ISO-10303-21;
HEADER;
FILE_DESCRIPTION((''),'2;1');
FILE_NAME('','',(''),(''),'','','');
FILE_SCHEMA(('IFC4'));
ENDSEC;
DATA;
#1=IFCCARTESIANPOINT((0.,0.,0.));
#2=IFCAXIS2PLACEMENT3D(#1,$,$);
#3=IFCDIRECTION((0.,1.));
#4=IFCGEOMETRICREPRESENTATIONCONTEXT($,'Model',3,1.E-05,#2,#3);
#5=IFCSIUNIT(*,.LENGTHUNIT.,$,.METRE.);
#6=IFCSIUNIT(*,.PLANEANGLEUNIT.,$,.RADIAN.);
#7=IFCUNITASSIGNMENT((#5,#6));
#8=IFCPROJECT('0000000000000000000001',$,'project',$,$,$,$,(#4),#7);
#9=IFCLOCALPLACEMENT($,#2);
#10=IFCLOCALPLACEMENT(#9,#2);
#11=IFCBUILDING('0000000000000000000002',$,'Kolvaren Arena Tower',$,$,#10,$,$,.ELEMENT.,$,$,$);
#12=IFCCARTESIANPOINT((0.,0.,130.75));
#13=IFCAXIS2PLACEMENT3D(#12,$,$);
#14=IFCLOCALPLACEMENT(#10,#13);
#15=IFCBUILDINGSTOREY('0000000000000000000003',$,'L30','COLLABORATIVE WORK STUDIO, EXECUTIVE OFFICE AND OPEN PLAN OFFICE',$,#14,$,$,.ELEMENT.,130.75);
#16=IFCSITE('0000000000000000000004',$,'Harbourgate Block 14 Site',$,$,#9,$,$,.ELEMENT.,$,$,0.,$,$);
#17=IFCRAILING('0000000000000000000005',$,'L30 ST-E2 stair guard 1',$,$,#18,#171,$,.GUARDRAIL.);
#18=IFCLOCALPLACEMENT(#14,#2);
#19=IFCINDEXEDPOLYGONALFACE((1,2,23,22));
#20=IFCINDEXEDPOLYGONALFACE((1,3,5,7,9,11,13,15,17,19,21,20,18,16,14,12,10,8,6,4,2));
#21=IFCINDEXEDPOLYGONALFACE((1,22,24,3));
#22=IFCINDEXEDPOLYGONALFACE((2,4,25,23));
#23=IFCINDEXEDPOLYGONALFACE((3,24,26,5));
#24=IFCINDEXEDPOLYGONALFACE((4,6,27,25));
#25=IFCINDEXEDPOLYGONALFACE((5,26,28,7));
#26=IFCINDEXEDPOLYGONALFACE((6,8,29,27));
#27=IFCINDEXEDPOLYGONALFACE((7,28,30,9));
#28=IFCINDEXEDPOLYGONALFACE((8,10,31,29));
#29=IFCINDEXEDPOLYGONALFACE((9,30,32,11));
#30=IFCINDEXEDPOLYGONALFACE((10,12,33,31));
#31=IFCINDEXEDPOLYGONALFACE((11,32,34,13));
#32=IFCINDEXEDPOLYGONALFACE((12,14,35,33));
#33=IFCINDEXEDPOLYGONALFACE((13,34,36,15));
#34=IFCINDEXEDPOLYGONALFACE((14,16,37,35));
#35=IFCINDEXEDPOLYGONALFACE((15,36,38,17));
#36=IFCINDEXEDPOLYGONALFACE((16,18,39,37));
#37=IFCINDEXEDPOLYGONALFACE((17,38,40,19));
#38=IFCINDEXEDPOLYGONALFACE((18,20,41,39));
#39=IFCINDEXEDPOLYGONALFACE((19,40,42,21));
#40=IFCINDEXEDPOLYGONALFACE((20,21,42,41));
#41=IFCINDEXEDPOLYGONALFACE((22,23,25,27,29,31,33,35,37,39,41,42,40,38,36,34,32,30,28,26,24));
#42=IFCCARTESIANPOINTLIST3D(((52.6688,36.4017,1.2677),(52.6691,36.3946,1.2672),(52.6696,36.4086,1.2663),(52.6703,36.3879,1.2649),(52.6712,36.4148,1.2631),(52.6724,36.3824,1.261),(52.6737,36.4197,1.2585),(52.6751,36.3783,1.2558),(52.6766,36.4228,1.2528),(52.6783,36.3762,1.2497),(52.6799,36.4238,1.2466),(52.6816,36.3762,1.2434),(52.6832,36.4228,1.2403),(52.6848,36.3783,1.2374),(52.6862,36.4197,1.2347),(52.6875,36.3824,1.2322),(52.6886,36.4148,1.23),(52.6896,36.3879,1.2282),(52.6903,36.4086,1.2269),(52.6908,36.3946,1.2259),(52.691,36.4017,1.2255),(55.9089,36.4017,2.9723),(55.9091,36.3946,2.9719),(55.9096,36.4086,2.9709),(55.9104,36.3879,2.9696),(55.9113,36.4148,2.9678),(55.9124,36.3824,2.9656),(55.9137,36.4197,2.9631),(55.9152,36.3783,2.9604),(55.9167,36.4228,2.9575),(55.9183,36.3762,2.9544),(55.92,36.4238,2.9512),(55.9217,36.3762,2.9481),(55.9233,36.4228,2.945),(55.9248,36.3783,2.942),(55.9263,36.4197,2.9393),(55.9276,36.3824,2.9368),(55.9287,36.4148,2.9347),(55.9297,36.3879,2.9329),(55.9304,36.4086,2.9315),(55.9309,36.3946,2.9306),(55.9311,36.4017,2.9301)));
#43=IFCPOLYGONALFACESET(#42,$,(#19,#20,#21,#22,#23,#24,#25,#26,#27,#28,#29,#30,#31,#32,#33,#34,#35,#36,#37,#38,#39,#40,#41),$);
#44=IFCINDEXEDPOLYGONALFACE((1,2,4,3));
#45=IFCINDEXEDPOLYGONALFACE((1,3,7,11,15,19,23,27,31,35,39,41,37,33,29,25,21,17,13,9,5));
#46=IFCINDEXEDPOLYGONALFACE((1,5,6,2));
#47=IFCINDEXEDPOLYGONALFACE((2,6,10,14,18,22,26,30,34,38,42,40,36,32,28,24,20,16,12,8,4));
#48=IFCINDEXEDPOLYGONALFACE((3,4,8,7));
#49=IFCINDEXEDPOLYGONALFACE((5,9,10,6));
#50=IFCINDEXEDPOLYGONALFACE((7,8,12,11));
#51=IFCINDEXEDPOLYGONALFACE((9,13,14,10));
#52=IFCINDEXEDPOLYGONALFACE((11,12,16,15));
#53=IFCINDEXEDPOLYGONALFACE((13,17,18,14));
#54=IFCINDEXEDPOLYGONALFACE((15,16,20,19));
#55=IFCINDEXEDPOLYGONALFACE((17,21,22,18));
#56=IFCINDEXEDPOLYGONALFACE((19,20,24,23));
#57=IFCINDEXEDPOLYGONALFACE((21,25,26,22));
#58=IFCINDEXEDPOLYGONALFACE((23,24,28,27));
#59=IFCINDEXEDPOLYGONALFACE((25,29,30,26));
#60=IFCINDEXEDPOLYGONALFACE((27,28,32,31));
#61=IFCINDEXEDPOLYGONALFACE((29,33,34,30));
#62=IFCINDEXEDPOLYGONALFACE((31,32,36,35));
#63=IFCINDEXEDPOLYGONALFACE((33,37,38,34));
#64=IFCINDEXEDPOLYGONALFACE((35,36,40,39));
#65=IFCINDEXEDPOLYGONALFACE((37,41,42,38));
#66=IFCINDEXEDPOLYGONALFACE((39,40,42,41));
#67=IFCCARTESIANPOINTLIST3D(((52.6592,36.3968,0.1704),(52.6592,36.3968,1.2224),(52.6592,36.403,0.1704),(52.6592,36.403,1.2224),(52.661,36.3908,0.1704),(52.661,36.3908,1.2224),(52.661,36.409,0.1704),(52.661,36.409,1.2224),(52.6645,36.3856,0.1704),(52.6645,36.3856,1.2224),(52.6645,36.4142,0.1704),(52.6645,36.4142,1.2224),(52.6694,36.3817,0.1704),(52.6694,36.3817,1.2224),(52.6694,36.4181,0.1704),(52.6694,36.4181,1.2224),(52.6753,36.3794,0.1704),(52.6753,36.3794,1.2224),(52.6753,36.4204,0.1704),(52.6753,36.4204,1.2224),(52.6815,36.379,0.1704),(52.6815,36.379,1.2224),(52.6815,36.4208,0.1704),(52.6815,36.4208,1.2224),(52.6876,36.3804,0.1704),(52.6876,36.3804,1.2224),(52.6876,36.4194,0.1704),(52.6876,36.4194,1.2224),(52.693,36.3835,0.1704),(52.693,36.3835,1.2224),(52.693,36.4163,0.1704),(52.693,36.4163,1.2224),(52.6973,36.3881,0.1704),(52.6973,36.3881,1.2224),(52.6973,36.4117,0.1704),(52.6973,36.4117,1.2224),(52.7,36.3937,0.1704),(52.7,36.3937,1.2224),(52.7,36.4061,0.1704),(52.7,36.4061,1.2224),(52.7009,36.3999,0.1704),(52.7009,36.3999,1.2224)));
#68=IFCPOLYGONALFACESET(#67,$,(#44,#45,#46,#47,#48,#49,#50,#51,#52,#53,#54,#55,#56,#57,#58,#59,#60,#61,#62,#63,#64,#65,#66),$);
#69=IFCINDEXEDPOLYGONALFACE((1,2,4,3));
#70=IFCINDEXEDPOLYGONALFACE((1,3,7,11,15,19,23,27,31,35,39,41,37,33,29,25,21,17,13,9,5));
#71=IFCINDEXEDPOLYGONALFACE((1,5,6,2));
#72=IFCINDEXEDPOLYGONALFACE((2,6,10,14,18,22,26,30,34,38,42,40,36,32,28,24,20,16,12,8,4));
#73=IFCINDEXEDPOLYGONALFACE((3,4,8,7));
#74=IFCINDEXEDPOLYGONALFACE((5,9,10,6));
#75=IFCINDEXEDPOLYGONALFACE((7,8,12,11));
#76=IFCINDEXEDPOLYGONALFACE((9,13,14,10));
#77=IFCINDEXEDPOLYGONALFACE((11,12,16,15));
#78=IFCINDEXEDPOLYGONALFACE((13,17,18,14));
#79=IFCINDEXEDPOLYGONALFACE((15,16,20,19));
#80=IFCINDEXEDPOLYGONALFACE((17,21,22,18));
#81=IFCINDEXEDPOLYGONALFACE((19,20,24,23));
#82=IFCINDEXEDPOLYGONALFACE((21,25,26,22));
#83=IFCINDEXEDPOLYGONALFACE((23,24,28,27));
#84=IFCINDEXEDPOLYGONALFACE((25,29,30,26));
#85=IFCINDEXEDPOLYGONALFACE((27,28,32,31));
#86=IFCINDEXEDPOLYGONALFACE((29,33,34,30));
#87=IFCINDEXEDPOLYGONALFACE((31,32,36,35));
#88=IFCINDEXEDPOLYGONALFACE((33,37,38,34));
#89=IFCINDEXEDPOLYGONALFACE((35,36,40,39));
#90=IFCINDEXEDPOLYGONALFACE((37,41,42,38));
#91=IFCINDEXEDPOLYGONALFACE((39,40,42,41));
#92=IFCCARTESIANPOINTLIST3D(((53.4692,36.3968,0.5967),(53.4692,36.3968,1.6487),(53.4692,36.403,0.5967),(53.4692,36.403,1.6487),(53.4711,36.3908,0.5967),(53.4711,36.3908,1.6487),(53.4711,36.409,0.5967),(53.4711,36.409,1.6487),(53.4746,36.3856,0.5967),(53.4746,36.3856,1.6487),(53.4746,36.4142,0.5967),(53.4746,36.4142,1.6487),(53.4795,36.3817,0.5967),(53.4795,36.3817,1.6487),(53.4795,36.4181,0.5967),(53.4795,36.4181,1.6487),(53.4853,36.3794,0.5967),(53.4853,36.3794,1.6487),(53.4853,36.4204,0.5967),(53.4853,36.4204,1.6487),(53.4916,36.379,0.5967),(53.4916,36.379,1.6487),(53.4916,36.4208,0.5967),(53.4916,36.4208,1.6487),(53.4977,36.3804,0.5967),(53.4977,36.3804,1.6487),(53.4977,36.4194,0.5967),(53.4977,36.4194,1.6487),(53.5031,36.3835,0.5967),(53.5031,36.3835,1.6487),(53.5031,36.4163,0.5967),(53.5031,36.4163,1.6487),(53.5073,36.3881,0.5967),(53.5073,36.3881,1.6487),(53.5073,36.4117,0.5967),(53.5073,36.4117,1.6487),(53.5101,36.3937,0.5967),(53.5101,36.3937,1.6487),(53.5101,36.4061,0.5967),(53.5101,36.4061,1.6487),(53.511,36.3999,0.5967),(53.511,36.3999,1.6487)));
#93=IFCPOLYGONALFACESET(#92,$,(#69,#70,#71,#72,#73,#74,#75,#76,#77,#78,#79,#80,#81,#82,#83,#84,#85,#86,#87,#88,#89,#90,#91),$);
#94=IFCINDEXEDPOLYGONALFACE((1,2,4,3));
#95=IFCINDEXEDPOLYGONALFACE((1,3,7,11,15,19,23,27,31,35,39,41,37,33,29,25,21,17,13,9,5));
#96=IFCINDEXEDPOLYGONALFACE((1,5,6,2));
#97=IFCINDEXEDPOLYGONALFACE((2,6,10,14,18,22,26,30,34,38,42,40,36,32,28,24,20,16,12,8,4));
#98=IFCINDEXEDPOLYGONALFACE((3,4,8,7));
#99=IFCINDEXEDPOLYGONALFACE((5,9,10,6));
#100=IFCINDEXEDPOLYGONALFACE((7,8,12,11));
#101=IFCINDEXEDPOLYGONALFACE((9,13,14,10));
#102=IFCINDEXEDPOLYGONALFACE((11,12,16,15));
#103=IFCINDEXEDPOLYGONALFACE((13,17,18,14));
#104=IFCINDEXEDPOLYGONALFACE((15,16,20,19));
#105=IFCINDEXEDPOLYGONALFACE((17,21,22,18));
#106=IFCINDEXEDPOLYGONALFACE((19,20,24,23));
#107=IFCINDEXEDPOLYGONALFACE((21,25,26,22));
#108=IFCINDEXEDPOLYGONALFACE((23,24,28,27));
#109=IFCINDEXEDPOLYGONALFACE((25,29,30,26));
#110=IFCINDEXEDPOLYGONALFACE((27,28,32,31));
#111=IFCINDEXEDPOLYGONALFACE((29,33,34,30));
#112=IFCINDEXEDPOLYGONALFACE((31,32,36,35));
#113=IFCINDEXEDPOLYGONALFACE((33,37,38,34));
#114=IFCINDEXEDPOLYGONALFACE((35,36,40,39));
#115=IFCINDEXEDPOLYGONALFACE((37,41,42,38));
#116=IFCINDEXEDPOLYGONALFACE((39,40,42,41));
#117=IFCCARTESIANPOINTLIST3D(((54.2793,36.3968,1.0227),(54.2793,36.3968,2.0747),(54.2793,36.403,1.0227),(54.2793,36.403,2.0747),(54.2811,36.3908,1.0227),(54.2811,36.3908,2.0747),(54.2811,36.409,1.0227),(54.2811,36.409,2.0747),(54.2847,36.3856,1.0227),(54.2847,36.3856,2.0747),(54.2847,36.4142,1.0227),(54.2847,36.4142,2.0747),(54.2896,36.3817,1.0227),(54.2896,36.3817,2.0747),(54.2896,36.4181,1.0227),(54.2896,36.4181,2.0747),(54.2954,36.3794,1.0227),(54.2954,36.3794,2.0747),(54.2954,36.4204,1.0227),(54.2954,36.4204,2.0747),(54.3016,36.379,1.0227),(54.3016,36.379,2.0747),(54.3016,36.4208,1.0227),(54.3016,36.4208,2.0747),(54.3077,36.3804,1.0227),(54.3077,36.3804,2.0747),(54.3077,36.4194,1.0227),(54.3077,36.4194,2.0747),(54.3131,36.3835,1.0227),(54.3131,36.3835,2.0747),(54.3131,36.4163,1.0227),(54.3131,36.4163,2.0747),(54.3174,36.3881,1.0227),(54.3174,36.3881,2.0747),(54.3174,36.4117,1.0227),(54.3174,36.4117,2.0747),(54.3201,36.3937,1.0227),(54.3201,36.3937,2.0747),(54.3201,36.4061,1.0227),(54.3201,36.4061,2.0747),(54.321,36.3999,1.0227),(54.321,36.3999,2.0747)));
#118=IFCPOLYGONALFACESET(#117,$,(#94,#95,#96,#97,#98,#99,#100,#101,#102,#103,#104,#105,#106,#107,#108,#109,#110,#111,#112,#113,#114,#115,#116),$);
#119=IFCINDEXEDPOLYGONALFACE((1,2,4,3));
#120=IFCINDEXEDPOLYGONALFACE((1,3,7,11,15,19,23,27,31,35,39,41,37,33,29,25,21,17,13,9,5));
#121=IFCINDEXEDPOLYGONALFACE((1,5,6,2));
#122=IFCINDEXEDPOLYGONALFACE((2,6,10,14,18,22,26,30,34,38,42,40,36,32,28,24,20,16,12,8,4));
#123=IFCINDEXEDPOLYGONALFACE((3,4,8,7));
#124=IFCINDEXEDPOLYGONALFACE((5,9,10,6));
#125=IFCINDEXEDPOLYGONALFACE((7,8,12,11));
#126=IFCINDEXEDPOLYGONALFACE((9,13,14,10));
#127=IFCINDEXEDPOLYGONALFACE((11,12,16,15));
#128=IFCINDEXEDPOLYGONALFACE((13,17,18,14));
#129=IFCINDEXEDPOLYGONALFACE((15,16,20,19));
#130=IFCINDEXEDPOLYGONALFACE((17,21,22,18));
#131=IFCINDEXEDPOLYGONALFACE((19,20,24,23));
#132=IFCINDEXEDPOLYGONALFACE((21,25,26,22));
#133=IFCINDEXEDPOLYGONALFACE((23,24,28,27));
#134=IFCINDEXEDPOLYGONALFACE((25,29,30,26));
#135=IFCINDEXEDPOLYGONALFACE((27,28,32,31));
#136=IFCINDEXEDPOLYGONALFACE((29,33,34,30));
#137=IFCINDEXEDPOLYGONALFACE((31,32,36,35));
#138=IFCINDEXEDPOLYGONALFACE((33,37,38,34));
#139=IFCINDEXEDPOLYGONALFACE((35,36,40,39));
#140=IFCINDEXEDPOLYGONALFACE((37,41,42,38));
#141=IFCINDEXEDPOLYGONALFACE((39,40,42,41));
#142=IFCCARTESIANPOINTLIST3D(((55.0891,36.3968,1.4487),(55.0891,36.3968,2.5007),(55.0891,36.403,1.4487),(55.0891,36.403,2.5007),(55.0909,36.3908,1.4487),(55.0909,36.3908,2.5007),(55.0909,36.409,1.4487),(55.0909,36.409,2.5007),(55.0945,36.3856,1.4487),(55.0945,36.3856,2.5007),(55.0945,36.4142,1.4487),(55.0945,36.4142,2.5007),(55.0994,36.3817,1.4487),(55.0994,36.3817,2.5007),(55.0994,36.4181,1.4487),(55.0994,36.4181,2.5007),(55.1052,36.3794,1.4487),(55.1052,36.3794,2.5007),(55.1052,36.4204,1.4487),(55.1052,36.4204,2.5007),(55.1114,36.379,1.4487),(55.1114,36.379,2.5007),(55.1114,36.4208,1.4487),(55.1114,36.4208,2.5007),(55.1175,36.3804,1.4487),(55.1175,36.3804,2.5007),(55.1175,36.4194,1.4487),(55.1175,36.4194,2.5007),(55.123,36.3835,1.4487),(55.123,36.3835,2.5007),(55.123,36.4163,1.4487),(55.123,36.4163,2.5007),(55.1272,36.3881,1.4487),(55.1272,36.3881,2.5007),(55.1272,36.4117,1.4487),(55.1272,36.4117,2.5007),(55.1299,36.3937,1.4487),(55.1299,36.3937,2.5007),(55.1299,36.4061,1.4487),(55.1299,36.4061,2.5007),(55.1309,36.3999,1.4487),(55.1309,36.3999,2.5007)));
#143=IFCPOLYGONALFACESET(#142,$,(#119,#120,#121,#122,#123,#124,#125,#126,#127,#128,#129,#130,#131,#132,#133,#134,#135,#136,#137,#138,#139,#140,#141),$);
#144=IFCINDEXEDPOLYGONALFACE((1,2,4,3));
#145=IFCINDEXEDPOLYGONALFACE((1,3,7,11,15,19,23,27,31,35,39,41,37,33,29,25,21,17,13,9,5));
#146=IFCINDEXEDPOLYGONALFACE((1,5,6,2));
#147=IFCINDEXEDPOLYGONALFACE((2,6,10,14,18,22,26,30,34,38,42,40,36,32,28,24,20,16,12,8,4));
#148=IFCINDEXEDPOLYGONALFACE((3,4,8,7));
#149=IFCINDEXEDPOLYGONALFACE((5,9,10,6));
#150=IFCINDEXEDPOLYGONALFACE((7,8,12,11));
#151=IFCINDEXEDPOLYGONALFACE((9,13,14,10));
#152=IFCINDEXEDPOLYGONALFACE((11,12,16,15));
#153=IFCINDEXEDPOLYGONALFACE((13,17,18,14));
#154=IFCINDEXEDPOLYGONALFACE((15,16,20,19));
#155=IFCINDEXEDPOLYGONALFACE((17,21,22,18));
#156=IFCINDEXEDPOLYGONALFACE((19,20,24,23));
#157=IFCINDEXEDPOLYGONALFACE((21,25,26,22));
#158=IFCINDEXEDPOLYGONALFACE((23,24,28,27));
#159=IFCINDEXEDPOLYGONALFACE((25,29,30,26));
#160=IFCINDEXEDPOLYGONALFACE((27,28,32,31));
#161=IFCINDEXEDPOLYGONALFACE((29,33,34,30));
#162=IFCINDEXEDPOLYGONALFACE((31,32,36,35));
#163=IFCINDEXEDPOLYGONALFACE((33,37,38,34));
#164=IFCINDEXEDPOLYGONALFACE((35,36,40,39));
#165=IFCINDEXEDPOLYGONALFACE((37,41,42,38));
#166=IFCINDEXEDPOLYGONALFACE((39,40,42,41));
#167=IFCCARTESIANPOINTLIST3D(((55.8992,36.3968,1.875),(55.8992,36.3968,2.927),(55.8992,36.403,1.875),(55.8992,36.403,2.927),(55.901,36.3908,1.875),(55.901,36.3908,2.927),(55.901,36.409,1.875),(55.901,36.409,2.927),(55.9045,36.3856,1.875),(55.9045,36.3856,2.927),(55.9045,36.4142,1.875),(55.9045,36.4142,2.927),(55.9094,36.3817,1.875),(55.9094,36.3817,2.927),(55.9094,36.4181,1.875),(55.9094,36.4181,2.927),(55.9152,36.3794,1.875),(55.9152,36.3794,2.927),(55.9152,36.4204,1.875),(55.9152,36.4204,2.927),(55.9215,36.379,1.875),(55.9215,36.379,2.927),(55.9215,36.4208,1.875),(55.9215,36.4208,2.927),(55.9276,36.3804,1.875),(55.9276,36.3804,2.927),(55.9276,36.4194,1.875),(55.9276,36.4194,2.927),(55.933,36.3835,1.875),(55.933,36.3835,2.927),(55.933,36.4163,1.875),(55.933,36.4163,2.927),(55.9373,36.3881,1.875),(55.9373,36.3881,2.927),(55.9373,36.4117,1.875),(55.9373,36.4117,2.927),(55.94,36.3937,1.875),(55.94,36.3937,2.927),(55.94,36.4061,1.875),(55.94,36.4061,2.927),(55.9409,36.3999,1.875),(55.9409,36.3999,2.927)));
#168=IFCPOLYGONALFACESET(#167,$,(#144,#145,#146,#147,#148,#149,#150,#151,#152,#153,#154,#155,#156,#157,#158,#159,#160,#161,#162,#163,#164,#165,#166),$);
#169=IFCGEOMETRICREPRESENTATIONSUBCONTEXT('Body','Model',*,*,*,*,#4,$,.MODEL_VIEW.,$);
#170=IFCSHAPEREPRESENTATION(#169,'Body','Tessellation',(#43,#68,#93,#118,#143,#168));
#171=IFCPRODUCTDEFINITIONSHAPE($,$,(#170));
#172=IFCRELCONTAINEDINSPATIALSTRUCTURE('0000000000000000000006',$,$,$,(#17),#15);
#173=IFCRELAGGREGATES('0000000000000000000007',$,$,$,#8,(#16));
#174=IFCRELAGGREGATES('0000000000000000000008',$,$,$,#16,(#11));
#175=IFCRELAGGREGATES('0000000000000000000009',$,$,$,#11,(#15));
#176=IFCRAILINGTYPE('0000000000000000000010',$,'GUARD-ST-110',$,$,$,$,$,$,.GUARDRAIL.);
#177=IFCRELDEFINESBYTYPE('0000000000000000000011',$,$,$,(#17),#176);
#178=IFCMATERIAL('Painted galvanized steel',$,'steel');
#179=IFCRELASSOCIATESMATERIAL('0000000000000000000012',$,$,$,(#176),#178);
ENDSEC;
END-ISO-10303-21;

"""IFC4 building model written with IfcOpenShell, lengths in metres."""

from ifc_helpers import new_model, si_unit, direction, frame, origin, origin_2d, place, context, subcontext, project, spatial, circle, extrude, material, type_object, element, save


model = new_model("IFC4")

# Units and contexts
model_context = context("Model", 3, precision=1e-05, world=origin(), true_north=direction((0.0, 1.0)))
body_context = subcontext(model_context, "Body", "Model", "MODEL_VIEW")
ifc_project = project(units=[si_unit("LENGTHUNIT", "METRE"), si_unit("PLANEANGLEUNIT", "RADIAN")], contexts=[model_context])

# Site, building, storey
site_placement = place(None, origin())
site = spatial("IfcSite", under=ifc_project, at=site_placement, Name="Harbourgate Block 14 Site", CompositionType="ELEMENT", RefElevation=0.0)
building_placement = place(site_placement, origin())
building = spatial("IfcBuilding", under=site, at=building_placement, Name="Kolvaren Arena Tower", CompositionType="ELEMENT")
storey_placement = place(building_placement, frame((0.0, 0.0, 130.75)))
storey = spatial("IfcBuildingStorey", under=building, at=storey_placement, Name="L30", Description="COLLABORATIVE WORK STUDIO, EXECUTIVE OFFICE AND OPEN PLAN OFFICE", CompositionType="ELEMENT", Elevation=130.75)

# Railing
ifc_material_1 = material(Name="Painted galvanized steel", Category="steel")
railing_type_1 = type_object("IfcRailingType", Name="GUARD-ST-110", PredefinedType="GUARDRAIL", material=ifc_material_1)
railing_1_placement = place(storey_placement, frame((52.6799, 36.3999, 0.1704)))
element("IfcRailing", 1, at=railing_1_placement, inside=storey, type_object=railing_type_1, Name="L30 ST-E2 stair guard 1", PredefinedType="GUARDRAIL", context=body_context, shape_type="SweptSolid", body=[
    extrude(circle(Radius=0.0239, at=origin_2d()), frame((0.0, 0.0, 1.0762), z_axis=(0.884993, 0.0, 0.465604), x_axis=(0.0, 1.0, 0.0)), (0.0, 0.0, 1.0), 3.6611),
    extrude(circle(Radius=0.021, at=origin_2d()), origin(), (0.0, 0.0, 1.0), 1.052),
    extrude(circle(Radius=0.021, at=origin_2d()), frame((0.8101, 0.0, 0.4263)), (0.0, 0.0, 1.0), 1.052),
    extrude(circle(Radius=0.021, at=origin_2d()), frame((1.6201, 0.0, 0.8523)), (0.0, 0.0, 1.0), 1.052),
    extrude(circle(Radius=0.021, at=origin_2d()), frame((2.4299, 0.0, 1.2783)), (0.0, 0.0, 1.0), 1.052),
    extrude(circle(Radius=0.021, at=origin_2d()), frame((3.24, 0.0, 1.7046)), (0.0, 0.0, 1.0), 1.052),
])

save(model, "model.ifc")
